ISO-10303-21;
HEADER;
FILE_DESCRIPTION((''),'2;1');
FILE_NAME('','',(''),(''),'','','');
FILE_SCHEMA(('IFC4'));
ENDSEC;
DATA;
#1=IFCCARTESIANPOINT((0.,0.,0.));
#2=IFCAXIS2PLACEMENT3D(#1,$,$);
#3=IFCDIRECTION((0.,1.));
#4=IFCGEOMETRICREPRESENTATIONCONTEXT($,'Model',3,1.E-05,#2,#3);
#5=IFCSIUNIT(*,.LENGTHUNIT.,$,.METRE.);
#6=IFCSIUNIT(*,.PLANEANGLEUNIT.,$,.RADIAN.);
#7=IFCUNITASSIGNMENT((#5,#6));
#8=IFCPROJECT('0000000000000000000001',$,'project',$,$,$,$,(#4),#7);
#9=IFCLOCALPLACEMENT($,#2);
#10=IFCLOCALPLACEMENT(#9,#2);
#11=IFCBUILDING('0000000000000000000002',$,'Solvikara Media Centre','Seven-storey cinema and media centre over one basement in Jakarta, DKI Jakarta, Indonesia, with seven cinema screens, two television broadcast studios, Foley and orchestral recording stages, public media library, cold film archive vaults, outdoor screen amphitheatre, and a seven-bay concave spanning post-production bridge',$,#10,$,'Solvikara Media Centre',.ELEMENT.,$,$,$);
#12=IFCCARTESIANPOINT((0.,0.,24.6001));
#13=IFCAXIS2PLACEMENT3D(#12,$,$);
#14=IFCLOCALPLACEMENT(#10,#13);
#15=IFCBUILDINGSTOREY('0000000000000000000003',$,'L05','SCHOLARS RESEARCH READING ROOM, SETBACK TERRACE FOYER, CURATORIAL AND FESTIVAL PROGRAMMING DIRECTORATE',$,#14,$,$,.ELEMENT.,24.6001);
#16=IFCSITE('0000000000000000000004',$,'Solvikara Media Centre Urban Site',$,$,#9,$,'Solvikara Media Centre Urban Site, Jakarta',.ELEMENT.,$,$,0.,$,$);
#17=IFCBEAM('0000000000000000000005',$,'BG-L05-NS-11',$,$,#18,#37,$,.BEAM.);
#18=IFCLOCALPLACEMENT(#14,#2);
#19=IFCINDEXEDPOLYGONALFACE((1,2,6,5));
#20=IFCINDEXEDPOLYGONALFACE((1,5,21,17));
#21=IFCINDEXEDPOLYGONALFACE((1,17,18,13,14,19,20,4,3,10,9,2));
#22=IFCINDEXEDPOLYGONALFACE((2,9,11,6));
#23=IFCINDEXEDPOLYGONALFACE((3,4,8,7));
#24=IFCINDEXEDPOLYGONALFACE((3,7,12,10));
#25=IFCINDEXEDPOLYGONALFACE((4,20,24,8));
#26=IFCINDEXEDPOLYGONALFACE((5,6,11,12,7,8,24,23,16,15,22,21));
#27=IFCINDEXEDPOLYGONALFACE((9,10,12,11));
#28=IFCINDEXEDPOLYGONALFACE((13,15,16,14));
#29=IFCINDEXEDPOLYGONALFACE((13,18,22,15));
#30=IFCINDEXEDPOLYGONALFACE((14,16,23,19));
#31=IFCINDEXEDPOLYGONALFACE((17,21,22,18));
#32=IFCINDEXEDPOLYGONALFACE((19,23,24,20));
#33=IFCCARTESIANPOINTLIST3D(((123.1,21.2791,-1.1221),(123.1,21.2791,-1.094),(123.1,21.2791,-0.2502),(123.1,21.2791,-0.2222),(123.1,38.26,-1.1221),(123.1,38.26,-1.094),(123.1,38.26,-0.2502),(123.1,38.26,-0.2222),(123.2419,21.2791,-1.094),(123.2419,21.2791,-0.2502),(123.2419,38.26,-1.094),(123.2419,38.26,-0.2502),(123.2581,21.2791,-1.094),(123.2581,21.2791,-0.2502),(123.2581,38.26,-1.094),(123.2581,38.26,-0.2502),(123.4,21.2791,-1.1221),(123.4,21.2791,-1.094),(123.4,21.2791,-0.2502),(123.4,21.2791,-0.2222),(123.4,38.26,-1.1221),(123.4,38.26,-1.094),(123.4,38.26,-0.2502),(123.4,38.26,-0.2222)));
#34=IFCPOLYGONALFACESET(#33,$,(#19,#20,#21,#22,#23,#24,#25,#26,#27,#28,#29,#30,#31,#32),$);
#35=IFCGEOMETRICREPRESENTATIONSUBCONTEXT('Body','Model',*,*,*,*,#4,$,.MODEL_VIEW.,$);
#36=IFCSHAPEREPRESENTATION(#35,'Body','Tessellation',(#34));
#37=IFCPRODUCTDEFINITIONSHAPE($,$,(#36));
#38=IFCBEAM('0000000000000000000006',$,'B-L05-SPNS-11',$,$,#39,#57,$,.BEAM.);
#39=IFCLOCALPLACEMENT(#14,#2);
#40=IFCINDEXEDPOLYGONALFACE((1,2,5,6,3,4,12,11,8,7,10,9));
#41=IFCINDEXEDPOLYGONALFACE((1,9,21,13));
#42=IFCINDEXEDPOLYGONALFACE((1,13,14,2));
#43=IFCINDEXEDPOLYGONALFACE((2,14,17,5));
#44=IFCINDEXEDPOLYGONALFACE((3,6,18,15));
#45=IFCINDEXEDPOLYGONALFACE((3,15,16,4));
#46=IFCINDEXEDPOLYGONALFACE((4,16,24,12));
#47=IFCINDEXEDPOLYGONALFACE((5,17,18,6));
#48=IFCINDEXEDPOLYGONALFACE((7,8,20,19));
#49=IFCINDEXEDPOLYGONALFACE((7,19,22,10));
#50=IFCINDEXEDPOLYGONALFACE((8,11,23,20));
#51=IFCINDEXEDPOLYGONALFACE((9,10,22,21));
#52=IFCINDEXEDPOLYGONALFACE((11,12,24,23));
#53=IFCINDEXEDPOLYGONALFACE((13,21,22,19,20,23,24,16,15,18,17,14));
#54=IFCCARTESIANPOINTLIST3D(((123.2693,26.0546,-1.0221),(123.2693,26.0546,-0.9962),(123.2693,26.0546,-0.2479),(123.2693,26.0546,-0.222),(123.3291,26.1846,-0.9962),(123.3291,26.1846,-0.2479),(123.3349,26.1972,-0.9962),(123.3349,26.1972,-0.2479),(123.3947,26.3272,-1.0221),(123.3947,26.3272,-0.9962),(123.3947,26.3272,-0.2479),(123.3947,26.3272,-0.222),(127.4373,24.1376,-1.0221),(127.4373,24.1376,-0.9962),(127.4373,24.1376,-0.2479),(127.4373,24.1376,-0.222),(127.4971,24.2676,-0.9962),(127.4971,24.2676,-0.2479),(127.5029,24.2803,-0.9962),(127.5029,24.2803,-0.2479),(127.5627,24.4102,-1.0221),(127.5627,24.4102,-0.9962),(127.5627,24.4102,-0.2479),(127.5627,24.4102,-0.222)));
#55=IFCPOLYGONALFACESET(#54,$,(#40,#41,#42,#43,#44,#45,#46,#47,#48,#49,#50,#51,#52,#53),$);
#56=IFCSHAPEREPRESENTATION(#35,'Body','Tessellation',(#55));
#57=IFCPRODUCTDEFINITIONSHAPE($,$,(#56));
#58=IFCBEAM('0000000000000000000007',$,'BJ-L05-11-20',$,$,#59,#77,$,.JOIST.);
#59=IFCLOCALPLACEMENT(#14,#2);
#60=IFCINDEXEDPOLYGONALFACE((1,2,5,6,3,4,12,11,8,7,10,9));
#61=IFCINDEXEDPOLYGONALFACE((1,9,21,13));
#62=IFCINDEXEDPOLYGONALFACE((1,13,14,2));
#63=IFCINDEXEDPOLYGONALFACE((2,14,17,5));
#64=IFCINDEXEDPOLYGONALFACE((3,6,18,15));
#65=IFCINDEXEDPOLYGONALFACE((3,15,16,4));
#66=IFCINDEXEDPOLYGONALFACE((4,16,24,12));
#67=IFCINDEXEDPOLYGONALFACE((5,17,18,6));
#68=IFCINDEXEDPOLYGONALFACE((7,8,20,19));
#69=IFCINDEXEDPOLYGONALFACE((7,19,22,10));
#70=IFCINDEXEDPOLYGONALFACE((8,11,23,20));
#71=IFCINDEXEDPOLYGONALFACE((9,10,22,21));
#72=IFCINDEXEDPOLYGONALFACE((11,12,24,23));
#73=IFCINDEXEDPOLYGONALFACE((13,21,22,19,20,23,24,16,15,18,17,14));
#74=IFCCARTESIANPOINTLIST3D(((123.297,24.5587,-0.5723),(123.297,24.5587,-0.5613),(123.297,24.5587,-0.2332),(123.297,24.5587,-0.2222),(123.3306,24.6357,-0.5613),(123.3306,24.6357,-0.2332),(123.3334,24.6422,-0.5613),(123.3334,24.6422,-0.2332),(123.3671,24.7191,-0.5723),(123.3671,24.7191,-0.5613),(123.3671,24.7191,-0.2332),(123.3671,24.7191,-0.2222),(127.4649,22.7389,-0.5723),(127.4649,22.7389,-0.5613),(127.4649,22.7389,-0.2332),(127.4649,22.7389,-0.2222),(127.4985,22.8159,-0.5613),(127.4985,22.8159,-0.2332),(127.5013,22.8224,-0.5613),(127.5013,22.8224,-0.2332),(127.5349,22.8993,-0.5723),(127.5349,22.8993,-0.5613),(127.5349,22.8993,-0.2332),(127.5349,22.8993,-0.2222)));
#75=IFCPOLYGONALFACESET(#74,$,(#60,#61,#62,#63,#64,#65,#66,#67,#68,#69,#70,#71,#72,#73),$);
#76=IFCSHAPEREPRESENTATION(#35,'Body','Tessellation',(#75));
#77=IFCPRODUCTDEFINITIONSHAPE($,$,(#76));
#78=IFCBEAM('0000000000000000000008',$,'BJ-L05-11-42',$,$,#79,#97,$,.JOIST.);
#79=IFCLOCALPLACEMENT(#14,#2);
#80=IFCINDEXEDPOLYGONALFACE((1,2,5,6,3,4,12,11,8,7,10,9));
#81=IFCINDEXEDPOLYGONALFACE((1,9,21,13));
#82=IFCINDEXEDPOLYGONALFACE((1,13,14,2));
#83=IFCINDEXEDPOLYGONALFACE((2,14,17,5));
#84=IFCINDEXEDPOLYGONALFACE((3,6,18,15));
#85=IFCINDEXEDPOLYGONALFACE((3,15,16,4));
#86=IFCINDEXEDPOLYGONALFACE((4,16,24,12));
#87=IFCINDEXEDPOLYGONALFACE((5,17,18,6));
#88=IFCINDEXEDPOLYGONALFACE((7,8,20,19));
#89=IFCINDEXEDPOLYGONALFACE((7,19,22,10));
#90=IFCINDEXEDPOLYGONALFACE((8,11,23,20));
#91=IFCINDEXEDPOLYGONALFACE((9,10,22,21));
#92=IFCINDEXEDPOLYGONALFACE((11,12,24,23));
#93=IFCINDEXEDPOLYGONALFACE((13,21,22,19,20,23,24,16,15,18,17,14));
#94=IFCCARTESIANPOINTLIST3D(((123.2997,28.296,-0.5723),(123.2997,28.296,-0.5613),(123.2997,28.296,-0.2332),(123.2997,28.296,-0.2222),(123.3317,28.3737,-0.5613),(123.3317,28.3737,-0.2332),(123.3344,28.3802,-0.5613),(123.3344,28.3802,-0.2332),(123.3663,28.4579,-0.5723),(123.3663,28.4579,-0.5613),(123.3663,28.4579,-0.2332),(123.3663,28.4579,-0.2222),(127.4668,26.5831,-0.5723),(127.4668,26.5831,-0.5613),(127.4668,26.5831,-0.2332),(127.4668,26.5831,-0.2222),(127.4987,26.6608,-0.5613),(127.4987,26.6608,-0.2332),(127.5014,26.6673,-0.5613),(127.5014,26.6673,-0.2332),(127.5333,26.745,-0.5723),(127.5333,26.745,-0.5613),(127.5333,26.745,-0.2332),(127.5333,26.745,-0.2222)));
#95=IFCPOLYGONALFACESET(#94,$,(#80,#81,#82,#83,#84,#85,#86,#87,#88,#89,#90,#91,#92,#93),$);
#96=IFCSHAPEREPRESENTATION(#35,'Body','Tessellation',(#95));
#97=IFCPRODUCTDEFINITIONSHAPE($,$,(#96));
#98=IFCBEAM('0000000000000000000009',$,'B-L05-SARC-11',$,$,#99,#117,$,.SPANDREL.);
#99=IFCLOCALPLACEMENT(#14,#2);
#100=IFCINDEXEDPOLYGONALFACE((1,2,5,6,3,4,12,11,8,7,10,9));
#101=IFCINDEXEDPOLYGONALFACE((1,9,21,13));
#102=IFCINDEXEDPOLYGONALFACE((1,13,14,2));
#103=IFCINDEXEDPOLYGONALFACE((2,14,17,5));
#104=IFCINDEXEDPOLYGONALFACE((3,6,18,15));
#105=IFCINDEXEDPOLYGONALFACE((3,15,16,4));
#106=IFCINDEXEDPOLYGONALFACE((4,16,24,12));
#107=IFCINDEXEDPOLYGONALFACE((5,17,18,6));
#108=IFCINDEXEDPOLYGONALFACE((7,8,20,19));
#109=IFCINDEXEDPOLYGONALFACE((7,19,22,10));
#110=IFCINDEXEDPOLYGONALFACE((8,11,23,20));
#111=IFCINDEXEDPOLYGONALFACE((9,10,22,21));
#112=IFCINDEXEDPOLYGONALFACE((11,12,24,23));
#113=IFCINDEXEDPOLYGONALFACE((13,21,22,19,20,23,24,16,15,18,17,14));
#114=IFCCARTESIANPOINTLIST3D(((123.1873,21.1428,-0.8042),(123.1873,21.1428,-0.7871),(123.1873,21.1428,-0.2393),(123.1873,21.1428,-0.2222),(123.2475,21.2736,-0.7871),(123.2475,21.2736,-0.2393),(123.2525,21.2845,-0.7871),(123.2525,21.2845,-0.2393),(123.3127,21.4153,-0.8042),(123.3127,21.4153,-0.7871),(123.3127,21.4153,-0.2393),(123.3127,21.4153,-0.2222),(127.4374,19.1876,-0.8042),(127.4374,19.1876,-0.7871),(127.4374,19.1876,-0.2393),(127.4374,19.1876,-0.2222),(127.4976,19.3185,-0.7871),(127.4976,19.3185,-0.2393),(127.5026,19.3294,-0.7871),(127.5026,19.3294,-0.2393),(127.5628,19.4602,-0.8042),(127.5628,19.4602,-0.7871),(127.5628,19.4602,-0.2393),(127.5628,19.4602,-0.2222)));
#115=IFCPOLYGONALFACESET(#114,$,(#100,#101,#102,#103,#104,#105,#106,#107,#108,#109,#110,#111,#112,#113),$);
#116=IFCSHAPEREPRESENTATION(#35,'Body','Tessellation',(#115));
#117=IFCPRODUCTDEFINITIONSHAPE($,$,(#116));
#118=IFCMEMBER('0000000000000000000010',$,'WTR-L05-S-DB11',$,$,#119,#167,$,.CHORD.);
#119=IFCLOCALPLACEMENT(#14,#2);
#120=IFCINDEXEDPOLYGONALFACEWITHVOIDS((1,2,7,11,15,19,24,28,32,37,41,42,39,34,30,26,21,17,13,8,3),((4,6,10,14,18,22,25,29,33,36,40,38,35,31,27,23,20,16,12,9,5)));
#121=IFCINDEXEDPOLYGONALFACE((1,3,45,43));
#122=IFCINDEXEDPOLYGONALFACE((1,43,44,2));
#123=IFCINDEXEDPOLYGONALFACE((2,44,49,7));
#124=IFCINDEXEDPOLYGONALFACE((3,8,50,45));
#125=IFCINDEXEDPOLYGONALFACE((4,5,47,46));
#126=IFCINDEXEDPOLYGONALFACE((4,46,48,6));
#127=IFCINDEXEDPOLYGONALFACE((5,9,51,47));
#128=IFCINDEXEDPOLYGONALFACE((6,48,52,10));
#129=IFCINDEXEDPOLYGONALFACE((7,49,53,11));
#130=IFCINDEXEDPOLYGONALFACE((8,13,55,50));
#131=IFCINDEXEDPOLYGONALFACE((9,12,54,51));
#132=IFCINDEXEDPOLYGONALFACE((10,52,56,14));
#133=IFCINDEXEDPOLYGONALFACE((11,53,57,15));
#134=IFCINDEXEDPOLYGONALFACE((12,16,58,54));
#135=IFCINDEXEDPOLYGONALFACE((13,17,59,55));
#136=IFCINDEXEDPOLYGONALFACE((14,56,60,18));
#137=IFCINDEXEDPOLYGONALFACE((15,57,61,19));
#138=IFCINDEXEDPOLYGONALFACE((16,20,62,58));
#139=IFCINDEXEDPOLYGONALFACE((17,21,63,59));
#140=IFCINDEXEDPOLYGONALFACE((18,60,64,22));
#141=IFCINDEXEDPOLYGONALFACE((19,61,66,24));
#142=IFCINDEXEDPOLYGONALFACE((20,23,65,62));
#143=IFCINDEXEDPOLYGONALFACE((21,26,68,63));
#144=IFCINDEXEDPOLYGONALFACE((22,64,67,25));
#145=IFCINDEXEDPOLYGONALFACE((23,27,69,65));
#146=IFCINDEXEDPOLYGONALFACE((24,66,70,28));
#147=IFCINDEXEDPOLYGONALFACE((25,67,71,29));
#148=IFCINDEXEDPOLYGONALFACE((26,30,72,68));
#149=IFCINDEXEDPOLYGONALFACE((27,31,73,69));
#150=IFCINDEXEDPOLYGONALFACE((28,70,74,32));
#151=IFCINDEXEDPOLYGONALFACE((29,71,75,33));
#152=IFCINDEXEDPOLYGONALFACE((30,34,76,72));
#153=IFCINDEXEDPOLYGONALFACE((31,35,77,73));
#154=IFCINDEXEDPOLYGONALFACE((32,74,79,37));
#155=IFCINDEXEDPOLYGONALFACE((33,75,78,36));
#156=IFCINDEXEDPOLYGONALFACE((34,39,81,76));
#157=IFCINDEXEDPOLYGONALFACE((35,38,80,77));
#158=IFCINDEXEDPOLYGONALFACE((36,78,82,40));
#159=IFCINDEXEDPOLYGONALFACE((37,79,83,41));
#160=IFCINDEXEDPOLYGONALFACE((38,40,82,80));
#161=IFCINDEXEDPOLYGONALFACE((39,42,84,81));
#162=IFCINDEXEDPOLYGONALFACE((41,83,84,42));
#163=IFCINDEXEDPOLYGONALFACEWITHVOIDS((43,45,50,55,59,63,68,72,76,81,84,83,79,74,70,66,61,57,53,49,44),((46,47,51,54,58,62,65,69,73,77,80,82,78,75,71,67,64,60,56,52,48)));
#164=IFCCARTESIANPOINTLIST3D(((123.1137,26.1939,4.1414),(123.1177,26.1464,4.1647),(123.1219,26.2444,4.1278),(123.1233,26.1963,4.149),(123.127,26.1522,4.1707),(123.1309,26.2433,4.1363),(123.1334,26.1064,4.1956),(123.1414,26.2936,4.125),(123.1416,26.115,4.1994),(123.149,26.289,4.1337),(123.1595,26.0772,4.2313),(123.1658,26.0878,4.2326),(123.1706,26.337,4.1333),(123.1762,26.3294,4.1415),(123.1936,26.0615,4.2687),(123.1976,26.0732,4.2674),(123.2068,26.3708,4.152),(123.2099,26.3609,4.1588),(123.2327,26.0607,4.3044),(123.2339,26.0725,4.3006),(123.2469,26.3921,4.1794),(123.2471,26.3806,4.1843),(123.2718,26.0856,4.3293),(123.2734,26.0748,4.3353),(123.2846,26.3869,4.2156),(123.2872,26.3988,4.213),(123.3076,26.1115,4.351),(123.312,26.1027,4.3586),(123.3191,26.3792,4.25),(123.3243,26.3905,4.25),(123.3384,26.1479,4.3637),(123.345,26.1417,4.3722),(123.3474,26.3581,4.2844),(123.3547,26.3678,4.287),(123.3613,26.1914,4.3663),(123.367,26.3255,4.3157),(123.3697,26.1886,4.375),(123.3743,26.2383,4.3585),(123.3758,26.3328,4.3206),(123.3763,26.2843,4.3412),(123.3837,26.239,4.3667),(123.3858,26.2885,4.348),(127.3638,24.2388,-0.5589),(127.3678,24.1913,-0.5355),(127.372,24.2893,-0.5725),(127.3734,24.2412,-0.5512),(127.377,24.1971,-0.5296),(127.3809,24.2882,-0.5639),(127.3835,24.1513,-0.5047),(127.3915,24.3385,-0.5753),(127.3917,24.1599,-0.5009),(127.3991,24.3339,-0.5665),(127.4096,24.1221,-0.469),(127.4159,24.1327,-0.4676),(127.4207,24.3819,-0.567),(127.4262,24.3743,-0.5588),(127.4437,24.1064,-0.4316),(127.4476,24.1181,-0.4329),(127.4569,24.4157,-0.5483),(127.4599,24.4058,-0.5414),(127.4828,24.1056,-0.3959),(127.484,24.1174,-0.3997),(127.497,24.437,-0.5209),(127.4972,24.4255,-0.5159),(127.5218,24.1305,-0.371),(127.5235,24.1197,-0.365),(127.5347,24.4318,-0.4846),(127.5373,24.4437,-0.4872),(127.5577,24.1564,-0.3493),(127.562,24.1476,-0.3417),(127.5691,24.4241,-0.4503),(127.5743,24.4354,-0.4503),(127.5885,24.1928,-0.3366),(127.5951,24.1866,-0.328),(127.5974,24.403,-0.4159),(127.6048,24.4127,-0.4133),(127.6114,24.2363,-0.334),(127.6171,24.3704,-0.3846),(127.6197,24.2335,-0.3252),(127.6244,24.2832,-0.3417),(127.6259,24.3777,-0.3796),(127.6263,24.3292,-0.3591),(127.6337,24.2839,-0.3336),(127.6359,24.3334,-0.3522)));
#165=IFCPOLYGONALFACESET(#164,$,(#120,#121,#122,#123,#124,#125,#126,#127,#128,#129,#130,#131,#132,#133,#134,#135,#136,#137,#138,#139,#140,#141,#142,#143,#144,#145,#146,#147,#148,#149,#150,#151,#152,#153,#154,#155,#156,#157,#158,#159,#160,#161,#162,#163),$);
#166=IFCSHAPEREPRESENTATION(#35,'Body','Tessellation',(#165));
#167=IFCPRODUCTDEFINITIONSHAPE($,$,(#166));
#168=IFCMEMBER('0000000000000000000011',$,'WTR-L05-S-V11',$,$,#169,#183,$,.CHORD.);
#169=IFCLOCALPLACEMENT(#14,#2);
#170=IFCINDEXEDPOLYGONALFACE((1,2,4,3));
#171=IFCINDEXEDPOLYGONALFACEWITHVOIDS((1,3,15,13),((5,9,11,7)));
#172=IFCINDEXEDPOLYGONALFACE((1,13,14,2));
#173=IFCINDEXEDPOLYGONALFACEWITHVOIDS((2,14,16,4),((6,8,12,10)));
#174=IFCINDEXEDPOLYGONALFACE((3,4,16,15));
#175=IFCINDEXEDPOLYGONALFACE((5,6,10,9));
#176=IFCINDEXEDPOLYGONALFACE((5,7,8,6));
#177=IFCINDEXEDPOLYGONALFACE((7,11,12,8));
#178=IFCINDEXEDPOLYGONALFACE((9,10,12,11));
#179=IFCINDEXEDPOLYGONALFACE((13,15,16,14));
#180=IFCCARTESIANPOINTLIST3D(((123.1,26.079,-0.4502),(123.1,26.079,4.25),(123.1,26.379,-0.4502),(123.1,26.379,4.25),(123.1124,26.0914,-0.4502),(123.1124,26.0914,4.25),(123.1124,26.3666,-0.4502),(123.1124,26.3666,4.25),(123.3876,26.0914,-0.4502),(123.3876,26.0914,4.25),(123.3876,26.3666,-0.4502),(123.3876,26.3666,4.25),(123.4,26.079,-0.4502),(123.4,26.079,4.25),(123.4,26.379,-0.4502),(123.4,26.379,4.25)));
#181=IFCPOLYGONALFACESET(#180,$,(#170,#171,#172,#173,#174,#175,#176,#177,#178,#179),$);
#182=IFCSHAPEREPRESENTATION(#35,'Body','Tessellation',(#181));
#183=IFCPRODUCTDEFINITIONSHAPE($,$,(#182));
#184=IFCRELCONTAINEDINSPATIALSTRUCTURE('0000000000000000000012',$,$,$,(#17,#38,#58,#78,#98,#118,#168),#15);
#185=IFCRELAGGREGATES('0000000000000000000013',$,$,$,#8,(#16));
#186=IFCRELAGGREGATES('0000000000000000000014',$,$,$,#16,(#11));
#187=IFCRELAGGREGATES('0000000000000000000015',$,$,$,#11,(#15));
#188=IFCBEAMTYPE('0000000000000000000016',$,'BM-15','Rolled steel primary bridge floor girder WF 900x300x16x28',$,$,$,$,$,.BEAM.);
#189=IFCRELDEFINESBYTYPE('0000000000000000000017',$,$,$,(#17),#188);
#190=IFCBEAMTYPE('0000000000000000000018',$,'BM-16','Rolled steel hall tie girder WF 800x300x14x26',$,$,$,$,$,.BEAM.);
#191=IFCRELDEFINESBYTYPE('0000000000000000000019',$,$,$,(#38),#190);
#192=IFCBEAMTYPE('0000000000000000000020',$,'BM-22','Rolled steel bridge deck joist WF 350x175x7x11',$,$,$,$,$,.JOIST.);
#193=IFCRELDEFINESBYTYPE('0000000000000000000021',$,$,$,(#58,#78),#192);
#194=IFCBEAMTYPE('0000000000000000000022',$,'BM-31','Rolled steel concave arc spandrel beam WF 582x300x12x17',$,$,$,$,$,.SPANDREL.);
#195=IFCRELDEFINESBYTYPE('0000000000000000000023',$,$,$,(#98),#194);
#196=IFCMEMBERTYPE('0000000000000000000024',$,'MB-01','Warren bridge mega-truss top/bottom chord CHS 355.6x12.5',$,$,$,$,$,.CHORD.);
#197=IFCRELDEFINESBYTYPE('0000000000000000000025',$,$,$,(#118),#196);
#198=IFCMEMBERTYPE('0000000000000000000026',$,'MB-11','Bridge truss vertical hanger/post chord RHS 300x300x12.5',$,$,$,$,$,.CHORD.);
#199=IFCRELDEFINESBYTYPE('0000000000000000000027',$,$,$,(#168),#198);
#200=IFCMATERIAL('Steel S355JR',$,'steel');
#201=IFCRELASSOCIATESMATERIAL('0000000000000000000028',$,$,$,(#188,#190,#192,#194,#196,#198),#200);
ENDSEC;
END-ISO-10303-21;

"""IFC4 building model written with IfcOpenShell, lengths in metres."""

from ifc_helpers import new_model, si_unit, direction, frame, origin, origin_2d, place, context, subcontext, project, spatial, hollow_rectangle, hollow_circle, i_section, extrude, material, material_profile, profile_set, type_object, element, save


model = new_model("IFC4")

# Units and contexts
model_context = context("Model", 3, precision=1e-05, world=origin(), true_north=direction((0.0, 1.0)))
body_context = subcontext(model_context, "Body", "Model", "MODEL_VIEW")
ifc_project = project(units=[si_unit("LENGTHUNIT", "METRE"), si_unit("PLANEANGLEUNIT", "RADIAN")], contexts=[model_context])

# Site, building, storey
site_placement = place(None, origin())
site = spatial("IfcSite", under=ifc_project, at=site_placement, Name="Solvikara Media Centre Urban Site", LongName="Solvikara Media Centre Urban Site, Jakarta", CompositionType="ELEMENT", RefElevation=0.0)
building_placement = place(site_placement, origin())
building = spatial("IfcBuilding", under=site, at=building_placement, Name="Solvikara Media Centre", Description="Seven-storey cinema and media centre over one basement in Jakarta, DKI Jakarta, Indonesia, with seven cinema screens, two television broadcast studios, Foley and orchestral recording stages, public media library, cold film archive vaults, outdoor screen amphitheatre, and a seven-bay concave spanning post-production bridge", LongName="Solvikara Media Centre", CompositionType="ELEMENT")
storey_placement = place(building_placement, frame((0.0, 0.0, 24.6001)))
storey = spatial("IfcBuildingStorey", under=building, at=storey_placement, Name="L05", Description="SCHOLARS RESEARCH READING ROOM, SETBACK TERRACE FOYER, CURATORIAL AND FESTIVAL PROGRAMMING DIRECTORATE", CompositionType="ELEMENT", Elevation=24.6001)

# Beams
ifc_material_1 = material(Name="Steel S355JR", Category="steel")
ifc_material_profile_1 = material_profile(ifc_material_1, i_section(OverallWidth=0.3, OverallDepth=0.8999, WebThickness=0.0161, FlangeThickness=0.0281, at=origin_2d()), Name="WF 900x300x16x28")
ifc_profile_set_1 = profile_set([ifc_material_profile_1], Name="Steel S355JR")
beam_type_1 = type_object("IfcBeamType", Name="BM-15", Description="Rolled steel primary bridge floor girder WF 900x300x16x28", PredefinedType="BEAM", material=ifc_profile_set_1)
beam_1_placement = place(storey_placement, frame((123.25, 21.2791, -0.6721), z_axis=(0.0, 1.0, 0.0), x_axis=(-1.0, 0.0, 0.0)))
element("IfcBeam", 1, at=beam_1_placement, inside=storey, type_object=beam_type_1, Name="BG-L05-NS-11", PredefinedType="BEAM", context=body_context, shape_type="SweptSolid", body=[
    extrude(i_section(OverallWidth=0.3, OverallDepth=0.8999, WebThickness=0.0161, FlangeThickness=0.0281, at=origin_2d()), origin(), (0.0, 0.0, 1.0), 16.981),
])
ifc_material_profile_2 = material_profile(ifc_material_1, i_section(OverallWidth=0.3, OverallDepth=0.8, WebThickness=0.0139, FlangeThickness=0.0259, at=origin_2d()), Name="WF 800x300x14x26")
ifc_profile_set_2 = profile_set([ifc_material_profile_2], Name="Steel S355JR")
beam_type_2 = type_object("IfcBeamType", Name="BM-16", Description="Rolled steel hall tie girder WF 800x300x14x26", PredefinedType="BEAM", material=ifc_profile_set_2)
beam_2_placement = place(storey_placement, frame((123.332, 26.1909, -0.6221), z_axis=(0.908513, -0.417856, 0.0), x_axis=(0.417856, 0.908513, 0.0)))
element("IfcBeam", 2, at=beam_2_placement, inside=storey, type_object=beam_type_2, Name="B-L05-SPNS-11", PredefinedType="BEAM", context=body_context, shape_type="SweptSolid", body=[
    extrude(i_section(OverallWidth=0.3, OverallDepth=0.8, WebThickness=0.0139, FlangeThickness=0.0259, at=origin_2d()), origin(), (0.0, 0.0, 1.0), 4.5876),
])
ifc_material_profile_3 = material_profile(ifc_material_1, i_section(OverallWidth=0.175, OverallDepth=0.3501, WebThickness=0.0071, FlangeThickness=0.011, at=origin_2d()), Name="WF 350x175x7x11")
ifc_profile_set_3 = profile_set([ifc_material_profile_3], Name="Steel S355JR")
beam_type_3 = type_object("IfcBeamType", Name="BM-22", Description="Rolled steel bridge deck joist WF 350x175x7x11", PredefinedType="JOIST", material=ifc_profile_set_3)
beam_3_placement = place(storey_placement, frame((123.332, 24.6389, -0.3972), z_axis=(0.916453, -0.400143, 0.0), x_axis=(0.400143, 0.916453, 0.0)))
element("IfcBeam", 3, at=beam_3_placement, inside=storey, type_object=beam_type_3, Name="BJ-L05-11-20", PredefinedType="JOIST", context=body_context, shape_type="SweptSolid", body=[
    extrude(i_section(OverallWidth=0.175, OverallDepth=0.3501, WebThickness=0.0071, FlangeThickness=0.011, at=origin_2d()), origin(), (0.0, 0.0, 1.0), 4.5479),
])
beam_4_placement = place(storey_placement, frame((123.333, 28.377, -0.3972), z_axis=(0.924907, -0.380194, 0.0), x_axis=(0.380194, 0.924907, 0.0)))
element("IfcBeam", 4, at=beam_4_placement, inside=storey, type_object=beam_type_3, Name="BJ-L05-11-42", PredefinedType="JOIST", context=body_context, shape_type="SweptSolid", body=[
    extrude(i_section(OverallWidth=0.175, OverallDepth=0.3501, WebThickness=0.0071, FlangeThickness=0.011, at=origin_2d()), origin(), (0.0, 0.0, 1.0), 4.5054),
])
ifc_material_profile_4 = material_profile(ifc_material_1, i_section(OverallWidth=0.3, OverallDepth=0.582, WebThickness=0.012, FlangeThickness=0.0171, at=origin_2d()), Name="WF 582x300x12x17")
ifc_profile_set_4 = profile_set([ifc_material_profile_4], Name="Steel S355JR")
beam_type_4 = type_object("IfcBeamType", Name="BM-31", Description="Rolled steel concave arc spandrel beam WF 582x300x12x17", PredefinedType="SPANDREL", material=ifc_profile_set_4)
beam_5_placement = place(storey_placement, frame((123.25, 21.2791, -0.5132), z_axis=(0.908484, -0.417919, 0.0), x_axis=(0.417919, 0.908484, 0.0)))
element("IfcBeam", 5, at=beam_5_placement, inside=storey, type_object=beam_type_4, Name="B-L05-SARC-11", PredefinedType="SPANDREL", context=body_context, shape_type="SweptSolid", body=[
    extrude(i_section(OverallWidth=0.3, OverallDepth=0.582, WebThickness=0.012, FlangeThickness=0.0171, at=origin_2d()), origin(), (0.0, 0.0, 1.0), 4.6782),
])

# Members
ifc_material_profile_5 = material_profile(ifc_material_1, hollow_circle(Radius=0.1777, WallThickness=0.0125, at=origin_2d()), Name="CHS 355.6x12.5")
ifc_profile_set_5 = profile_set([ifc_material_profile_5], Name="Steel S355JR")
member_type_1 = type_object("IfcMemberType", Name="MB-01", Description="Warren bridge mega-truss top/bottom chord CHS 355.6x12.5", PredefinedType="CHORD", material=ifc_profile_set_5)
member_1_placement = place(storey_placement, frame((123.25, 26.229, 4.25), z_axis=(0.640882, -0.294817, -0.708769), x_axis=(0.417919, 0.908484, 0.0)))
element("IfcMember", 6, at=member_1_placement, inside=storey, type_object=member_type_1, Name="WTR-L05-S-DB11", PredefinedType="CHORD", context=body_context, shape_type="SweptSolid", body=[
    extrude(hollow_circle(Radius=0.1777, WallThickness=0.0125, at=origin_2d()), origin(), (0.0, 0.0, 1.0), 6.6316),
])
ifc_material_profile_6 = material_profile(ifc_material_1, hollow_rectangle(XDim=0.3, YDim=0.3, WallThickness=0.0125, at=origin_2d()), Name="RHS 300x300x12.5")
ifc_profile_set_6 = profile_set([ifc_material_profile_6], Name="Steel S355JR")
member_type_2 = type_object("IfcMemberType", Name="MB-11", Description="Bridge truss vertical hanger/post chord RHS 300x300x12.5", PredefinedType="CHORD", material=ifc_profile_set_6)
member_2_placement = place(storey_placement, frame((123.25, 26.229, -0.4502), z_axis=(0.0, 0.0, 1.0), x_axis=(1.0, 0.0, 0.0)))
element("IfcMember", 7, at=member_2_placement, inside=storey, type_object=member_type_2, Name="WTR-L05-S-V11", PredefinedType="CHORD", context=body_context, shape_type="SweptSolid", body=[
    extrude(hollow_rectangle(XDim=0.3, YDim=0.3, WallThickness=0.0125, at=origin_2d()), origin(), (0.0, 0.0, 1.0), 4.7002),
])

save(model, "model.ifc")
